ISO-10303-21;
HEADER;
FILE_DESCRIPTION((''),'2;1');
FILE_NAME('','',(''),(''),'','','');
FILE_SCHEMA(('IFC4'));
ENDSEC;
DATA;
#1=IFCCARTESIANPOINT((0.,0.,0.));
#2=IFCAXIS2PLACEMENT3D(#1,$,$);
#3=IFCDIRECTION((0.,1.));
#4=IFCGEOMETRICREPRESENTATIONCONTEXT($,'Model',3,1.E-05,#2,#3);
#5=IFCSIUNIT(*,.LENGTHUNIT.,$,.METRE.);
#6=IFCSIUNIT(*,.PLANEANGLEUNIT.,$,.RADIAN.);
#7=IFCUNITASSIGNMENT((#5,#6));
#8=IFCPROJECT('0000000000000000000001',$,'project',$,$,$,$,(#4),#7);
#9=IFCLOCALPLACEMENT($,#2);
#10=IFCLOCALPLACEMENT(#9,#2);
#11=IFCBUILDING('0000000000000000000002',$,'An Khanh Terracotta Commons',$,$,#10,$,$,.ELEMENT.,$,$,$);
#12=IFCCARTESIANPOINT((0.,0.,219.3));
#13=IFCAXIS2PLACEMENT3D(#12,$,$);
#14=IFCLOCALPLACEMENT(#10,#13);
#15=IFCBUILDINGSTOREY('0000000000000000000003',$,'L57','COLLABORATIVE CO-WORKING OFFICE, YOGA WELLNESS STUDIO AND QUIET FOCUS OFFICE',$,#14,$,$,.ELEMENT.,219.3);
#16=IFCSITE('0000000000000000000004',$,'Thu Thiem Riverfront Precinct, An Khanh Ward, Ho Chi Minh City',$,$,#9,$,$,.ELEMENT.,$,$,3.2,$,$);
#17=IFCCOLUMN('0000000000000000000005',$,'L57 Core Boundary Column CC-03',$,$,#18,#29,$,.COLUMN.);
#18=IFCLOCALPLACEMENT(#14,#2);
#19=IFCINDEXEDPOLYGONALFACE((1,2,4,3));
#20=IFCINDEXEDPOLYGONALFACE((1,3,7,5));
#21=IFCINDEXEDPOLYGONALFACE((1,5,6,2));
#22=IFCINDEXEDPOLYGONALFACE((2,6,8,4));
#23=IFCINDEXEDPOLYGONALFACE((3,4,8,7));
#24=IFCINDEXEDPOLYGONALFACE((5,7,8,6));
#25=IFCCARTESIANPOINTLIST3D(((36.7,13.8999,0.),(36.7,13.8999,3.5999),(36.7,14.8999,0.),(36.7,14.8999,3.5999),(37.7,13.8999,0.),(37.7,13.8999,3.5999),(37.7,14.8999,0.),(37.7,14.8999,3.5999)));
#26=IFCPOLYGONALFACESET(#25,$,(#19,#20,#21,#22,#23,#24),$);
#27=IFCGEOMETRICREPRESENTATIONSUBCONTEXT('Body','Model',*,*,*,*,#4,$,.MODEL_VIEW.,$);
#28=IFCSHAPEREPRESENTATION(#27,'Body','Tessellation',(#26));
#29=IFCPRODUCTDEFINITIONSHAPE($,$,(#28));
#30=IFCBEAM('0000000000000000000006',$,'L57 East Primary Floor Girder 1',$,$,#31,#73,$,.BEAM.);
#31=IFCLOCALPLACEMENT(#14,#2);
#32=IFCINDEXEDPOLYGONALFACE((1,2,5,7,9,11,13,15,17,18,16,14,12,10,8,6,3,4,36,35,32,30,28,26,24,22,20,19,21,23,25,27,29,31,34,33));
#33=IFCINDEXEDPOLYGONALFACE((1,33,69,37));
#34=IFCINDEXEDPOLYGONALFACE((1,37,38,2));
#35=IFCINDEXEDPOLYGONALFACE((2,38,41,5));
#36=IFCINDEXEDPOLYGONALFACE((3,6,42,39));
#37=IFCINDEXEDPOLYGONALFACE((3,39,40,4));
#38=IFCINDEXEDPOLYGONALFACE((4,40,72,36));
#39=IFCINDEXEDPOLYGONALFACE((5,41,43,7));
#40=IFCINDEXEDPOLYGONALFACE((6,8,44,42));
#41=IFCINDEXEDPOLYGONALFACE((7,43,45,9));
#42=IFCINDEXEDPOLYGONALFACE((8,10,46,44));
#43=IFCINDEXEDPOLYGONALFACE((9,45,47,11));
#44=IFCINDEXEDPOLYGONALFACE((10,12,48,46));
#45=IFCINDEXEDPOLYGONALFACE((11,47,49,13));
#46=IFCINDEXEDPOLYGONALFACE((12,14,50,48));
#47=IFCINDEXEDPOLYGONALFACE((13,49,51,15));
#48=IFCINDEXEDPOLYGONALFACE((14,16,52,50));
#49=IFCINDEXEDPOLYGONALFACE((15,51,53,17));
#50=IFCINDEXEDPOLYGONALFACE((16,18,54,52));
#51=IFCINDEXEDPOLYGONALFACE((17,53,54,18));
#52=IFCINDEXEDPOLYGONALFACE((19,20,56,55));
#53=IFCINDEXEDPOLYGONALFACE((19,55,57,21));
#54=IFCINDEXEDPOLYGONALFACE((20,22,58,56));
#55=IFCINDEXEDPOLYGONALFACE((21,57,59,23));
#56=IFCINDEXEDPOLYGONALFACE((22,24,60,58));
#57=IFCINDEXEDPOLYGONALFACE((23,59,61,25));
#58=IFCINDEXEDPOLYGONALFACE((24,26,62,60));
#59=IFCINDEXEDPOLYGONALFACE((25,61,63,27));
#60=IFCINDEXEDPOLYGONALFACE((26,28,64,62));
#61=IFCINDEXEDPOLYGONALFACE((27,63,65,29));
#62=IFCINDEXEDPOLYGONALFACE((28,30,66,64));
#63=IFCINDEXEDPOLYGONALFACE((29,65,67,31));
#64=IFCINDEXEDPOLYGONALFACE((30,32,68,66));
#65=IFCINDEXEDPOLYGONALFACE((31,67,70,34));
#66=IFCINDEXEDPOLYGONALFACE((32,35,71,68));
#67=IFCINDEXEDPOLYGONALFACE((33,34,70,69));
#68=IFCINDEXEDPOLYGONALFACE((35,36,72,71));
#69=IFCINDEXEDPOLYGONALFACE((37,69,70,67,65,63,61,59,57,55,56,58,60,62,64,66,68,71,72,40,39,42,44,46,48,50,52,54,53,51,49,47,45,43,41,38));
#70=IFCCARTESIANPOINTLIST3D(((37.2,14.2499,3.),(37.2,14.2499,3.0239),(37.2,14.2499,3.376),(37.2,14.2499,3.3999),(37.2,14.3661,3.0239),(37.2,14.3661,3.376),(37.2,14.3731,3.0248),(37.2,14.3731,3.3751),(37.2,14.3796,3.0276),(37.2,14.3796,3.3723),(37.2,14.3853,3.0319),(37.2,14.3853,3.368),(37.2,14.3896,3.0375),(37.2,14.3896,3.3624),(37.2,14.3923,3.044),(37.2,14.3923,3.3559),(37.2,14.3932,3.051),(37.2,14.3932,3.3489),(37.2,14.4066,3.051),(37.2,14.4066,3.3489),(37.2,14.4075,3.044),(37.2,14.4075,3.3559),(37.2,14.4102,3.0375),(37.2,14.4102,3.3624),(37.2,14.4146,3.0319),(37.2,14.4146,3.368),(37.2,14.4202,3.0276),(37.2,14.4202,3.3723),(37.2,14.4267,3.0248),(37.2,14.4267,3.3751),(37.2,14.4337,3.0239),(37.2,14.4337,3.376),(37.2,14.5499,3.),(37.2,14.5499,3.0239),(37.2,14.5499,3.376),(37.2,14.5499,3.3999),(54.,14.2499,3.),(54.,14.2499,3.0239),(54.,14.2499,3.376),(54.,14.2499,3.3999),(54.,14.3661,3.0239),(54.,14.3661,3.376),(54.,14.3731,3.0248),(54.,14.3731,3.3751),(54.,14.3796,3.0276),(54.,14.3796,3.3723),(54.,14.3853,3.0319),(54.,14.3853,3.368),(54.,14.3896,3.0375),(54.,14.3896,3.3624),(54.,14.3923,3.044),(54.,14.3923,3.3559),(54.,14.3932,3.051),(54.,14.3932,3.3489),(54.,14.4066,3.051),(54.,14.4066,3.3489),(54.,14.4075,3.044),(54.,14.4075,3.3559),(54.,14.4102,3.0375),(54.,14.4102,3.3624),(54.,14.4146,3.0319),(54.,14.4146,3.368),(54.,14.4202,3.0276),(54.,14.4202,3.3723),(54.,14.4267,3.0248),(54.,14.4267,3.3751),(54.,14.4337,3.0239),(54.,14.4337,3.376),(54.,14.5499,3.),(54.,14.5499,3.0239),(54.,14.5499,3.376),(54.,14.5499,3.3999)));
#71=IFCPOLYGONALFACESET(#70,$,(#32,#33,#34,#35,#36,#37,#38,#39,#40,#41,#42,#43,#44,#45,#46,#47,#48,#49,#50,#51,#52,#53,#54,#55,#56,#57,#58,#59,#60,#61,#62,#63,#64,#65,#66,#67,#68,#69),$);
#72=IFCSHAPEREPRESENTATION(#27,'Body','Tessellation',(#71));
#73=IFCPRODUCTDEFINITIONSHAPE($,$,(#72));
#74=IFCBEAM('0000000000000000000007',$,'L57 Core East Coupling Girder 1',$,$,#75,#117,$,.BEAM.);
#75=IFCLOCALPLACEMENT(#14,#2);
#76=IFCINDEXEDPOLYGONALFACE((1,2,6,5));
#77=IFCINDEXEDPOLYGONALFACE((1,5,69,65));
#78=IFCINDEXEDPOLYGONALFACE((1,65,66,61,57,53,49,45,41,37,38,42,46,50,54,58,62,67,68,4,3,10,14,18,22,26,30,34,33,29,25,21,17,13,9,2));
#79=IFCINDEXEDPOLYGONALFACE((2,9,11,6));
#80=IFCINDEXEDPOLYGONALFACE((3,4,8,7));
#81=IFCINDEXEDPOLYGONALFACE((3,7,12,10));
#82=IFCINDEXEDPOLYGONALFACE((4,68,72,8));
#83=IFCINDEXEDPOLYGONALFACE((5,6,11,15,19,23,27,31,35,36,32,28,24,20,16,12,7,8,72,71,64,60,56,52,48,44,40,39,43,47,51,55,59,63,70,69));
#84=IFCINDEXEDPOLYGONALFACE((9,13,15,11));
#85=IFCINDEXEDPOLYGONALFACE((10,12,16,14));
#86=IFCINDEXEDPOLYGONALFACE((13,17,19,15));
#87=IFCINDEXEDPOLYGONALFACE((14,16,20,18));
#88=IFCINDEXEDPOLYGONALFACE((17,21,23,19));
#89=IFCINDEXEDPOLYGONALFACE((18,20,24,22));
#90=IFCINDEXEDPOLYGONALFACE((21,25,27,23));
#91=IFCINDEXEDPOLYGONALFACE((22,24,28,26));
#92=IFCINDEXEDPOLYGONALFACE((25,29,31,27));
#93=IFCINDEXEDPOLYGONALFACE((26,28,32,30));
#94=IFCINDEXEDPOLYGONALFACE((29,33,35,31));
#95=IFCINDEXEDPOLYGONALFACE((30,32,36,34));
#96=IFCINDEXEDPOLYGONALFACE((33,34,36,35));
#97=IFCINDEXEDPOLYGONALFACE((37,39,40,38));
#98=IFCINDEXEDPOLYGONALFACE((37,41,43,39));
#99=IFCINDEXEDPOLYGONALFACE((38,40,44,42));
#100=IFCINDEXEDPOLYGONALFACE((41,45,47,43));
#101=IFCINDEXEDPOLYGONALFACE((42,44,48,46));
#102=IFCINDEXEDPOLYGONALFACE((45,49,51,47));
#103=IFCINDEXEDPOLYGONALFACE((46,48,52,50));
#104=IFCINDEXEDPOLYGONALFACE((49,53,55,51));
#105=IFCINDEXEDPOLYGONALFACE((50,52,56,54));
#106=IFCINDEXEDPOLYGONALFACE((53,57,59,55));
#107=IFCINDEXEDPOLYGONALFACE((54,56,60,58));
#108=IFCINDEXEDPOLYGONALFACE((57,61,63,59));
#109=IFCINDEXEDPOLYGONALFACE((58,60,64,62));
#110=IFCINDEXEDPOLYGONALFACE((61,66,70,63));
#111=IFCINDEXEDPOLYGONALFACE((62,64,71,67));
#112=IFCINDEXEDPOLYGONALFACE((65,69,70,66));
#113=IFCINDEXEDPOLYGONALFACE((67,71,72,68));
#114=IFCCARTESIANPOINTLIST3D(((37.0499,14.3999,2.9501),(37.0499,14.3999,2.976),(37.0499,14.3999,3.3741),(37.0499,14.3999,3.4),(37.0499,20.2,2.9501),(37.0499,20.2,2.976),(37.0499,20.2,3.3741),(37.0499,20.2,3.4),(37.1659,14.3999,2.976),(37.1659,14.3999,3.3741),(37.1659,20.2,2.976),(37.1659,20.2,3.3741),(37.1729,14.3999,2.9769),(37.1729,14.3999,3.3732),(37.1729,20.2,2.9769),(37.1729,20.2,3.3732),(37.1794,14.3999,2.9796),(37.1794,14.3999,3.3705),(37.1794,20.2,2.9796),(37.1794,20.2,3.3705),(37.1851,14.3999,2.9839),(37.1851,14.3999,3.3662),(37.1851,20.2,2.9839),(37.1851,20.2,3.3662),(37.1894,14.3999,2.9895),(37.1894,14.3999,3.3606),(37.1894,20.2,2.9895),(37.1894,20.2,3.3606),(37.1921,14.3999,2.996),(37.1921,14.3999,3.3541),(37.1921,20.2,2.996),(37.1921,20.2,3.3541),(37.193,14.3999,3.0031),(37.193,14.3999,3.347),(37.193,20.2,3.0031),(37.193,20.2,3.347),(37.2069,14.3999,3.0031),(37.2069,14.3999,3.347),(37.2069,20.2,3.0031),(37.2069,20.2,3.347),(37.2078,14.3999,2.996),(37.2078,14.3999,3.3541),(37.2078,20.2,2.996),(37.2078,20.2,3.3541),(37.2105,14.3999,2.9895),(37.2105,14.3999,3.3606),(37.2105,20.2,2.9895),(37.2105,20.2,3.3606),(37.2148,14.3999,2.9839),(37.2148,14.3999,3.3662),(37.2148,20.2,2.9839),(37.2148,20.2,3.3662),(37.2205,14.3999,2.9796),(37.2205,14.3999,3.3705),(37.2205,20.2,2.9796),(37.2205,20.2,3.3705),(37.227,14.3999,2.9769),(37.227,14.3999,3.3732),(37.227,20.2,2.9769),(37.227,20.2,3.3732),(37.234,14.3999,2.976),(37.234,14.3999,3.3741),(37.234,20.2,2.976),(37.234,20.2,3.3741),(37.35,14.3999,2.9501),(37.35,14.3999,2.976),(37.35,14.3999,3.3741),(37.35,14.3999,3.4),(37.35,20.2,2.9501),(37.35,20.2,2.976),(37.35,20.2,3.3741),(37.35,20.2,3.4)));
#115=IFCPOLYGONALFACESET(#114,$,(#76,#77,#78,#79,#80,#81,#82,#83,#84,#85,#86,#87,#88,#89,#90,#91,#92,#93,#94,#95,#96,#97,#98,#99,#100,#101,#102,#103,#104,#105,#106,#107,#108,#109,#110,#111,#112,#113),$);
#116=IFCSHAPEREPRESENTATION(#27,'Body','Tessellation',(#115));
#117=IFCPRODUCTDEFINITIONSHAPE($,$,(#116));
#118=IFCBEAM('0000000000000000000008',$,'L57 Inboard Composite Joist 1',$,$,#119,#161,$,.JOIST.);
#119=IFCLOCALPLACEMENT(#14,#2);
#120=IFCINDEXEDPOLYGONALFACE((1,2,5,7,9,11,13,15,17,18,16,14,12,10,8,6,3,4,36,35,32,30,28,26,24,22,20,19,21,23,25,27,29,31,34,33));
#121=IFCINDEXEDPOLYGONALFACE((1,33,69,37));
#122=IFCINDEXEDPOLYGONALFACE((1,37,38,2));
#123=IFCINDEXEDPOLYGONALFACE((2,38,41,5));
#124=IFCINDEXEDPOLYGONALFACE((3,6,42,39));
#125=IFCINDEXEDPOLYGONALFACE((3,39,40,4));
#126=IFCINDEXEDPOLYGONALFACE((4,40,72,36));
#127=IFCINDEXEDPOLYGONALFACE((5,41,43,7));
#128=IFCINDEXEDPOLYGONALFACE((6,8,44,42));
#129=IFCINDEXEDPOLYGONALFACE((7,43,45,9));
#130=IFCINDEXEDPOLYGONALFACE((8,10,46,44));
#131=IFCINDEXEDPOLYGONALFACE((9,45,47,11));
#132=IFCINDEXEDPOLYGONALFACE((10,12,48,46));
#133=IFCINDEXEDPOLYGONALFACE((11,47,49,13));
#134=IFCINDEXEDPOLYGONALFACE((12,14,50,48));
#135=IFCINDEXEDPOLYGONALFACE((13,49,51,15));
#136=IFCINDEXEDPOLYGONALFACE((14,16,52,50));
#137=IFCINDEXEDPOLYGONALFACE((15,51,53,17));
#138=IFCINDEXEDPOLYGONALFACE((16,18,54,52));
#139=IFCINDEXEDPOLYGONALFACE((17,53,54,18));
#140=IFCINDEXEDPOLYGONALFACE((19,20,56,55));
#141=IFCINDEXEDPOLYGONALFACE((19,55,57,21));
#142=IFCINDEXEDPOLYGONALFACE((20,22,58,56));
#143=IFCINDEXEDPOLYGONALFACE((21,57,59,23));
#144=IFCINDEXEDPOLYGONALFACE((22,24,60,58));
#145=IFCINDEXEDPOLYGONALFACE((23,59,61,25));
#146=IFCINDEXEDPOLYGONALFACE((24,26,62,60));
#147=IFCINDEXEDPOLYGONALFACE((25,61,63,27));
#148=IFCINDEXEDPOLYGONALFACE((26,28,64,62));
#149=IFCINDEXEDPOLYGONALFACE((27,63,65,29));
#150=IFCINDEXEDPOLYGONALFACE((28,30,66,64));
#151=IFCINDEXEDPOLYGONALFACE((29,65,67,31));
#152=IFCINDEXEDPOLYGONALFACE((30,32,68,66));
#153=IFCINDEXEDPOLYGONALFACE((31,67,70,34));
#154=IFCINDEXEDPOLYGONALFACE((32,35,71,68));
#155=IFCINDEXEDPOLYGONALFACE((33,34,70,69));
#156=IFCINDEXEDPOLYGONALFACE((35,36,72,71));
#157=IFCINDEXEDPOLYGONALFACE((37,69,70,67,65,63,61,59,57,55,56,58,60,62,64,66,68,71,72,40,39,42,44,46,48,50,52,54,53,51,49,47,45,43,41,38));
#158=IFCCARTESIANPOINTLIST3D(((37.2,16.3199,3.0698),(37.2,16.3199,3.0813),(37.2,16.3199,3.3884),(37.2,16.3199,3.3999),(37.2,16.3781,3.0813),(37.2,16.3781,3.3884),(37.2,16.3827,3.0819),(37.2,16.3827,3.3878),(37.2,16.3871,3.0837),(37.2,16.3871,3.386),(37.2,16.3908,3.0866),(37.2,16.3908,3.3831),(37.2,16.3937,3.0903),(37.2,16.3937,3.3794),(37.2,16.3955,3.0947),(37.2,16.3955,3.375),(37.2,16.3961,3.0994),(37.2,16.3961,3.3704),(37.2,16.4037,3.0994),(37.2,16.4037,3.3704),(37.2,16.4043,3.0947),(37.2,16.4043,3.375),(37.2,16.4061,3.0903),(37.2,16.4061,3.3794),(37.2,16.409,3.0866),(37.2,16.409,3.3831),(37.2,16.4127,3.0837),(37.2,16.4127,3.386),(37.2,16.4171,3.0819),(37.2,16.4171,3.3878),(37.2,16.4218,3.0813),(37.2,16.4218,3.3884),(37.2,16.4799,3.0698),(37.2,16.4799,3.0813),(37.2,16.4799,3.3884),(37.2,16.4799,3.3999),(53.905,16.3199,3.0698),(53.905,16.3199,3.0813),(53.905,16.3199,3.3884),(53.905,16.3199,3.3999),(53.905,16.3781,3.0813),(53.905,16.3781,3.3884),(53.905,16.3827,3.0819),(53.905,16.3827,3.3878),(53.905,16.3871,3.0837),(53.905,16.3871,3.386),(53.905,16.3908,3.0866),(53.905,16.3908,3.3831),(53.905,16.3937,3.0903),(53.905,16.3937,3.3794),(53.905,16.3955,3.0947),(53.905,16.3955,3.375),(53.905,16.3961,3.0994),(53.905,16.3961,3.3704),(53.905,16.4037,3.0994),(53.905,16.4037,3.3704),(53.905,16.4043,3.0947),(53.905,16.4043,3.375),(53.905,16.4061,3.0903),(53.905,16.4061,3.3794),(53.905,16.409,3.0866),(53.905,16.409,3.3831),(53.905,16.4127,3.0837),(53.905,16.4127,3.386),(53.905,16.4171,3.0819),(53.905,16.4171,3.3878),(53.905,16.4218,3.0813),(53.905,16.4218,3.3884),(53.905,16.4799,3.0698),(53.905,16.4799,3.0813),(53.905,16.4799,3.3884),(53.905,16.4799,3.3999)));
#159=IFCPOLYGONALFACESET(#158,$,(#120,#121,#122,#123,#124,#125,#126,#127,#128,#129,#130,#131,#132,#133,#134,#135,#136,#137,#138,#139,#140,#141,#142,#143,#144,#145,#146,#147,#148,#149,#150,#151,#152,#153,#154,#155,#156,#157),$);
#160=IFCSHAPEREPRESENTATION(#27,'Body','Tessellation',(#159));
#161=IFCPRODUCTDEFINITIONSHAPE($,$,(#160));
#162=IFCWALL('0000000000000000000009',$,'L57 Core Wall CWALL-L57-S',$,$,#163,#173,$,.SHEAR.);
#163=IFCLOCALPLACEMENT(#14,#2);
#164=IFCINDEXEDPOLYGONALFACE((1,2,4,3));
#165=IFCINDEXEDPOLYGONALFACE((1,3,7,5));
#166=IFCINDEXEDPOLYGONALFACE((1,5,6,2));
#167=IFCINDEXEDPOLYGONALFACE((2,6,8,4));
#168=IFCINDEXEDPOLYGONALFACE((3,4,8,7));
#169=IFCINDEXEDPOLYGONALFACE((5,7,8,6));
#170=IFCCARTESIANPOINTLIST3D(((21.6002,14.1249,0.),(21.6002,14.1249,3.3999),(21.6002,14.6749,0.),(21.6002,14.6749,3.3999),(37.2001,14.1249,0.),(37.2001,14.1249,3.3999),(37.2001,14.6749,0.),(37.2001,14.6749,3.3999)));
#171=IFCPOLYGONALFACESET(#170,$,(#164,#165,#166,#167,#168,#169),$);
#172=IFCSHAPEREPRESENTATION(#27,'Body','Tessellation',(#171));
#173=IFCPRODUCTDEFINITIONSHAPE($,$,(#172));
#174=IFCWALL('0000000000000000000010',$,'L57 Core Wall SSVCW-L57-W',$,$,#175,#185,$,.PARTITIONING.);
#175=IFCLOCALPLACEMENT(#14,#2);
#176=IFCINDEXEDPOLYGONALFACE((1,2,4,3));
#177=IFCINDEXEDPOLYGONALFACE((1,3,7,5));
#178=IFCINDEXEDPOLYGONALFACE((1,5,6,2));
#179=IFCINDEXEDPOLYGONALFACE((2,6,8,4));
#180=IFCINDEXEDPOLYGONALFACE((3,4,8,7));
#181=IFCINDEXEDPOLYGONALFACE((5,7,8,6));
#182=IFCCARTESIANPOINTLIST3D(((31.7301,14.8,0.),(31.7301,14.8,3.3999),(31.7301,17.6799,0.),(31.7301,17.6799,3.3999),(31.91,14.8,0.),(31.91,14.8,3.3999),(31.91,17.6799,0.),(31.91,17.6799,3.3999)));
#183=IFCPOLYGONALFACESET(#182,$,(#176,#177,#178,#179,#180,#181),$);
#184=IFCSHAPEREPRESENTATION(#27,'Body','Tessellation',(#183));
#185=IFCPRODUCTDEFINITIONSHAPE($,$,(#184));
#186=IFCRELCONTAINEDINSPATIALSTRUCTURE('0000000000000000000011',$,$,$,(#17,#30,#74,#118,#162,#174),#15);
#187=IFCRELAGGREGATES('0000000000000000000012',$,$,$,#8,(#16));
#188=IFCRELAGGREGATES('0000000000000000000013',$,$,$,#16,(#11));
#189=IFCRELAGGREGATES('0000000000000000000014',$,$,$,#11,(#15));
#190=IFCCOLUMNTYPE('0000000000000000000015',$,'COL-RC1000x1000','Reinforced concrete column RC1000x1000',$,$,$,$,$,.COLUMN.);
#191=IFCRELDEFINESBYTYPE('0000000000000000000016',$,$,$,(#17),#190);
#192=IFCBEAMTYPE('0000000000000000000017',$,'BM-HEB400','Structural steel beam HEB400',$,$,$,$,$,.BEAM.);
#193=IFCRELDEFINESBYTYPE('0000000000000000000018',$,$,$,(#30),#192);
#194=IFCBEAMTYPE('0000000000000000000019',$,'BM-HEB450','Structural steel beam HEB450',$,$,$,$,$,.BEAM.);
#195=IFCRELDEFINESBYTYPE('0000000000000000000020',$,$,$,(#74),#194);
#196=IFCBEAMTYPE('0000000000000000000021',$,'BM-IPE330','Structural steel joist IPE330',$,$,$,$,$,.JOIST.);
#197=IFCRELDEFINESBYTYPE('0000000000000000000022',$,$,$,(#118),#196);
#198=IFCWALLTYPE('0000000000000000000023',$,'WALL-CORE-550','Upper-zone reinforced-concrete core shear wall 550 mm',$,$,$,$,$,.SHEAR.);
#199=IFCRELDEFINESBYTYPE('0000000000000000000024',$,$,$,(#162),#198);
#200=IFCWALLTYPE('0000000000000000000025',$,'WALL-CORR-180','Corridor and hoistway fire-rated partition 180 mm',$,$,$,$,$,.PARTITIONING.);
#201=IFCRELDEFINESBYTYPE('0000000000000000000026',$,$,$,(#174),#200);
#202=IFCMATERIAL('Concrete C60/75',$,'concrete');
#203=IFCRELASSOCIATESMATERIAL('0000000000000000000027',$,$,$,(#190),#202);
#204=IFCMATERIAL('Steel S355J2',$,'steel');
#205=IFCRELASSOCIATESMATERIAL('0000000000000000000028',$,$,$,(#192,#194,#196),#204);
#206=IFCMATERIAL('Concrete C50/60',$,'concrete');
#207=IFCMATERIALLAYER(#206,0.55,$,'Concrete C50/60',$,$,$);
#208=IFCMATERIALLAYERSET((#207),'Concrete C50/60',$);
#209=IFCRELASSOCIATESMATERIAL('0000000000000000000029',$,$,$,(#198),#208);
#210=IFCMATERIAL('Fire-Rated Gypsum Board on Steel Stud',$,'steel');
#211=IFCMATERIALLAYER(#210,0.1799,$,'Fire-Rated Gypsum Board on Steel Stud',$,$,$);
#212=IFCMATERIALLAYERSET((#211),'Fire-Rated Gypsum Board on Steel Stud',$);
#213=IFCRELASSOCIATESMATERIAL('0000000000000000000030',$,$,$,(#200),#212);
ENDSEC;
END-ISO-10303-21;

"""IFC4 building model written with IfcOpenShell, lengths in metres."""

from ifc_helpers import new_model, si_unit, direction, frame, frame_2d, origin, origin_2d, place, context, subcontext, project, spatial, rectangle, i_section, extrude, material, layer, layer_set, material_profile, profile_set, type_object, element, save


model = new_model("IFC4")

# Units and contexts
model_context = context("Model", 3, precision=1e-05, world=origin(), true_north=direction((0.0, 1.0)))
body_context = subcontext(model_context, "Body", "Model", "MODEL_VIEW")
ifc_project = project(units=[si_unit("LENGTHUNIT", "METRE"), si_unit("PLANEANGLEUNIT", "RADIAN")], contexts=[model_context])

# Site, building, storey
site_placement = place(None, origin())
site = spatial("IfcSite", under=ifc_project, at=site_placement, Name="Thu Thiem Riverfront Precinct, An Khanh Ward, Ho Chi Minh City", CompositionType="ELEMENT", RefElevation=3.2)
building_placement = place(site_placement, origin())
building = spatial("IfcBuilding", under=site, at=building_placement, Name="An Khanh Terracotta Commons", CompositionType="ELEMENT")
storey_placement = place(building_placement, frame((0.0, 0.0, 219.3)))
storey = spatial("IfcBuildingStorey", under=building, at=storey_placement, Name="L57", Description="COLLABORATIVE CO-WORKING OFFICE, YOGA WELLNESS STUDIO AND QUIET FOCUS OFFICE", CompositionType="ELEMENT", Elevation=219.3)

# Column
ifc_material_1 = material(Name="Concrete C60/75", Category="concrete")
ifc_material_profile_1 = material_profile(ifc_material_1, rectangle(XDim=1.0, YDim=1.0, at=origin_2d()), Name="RC1000x1000")
ifc_profile_set_1 = profile_set([ifc_material_profile_1], Name="Concrete C60/75")
column_type = type_object("IfcColumnType", Name="COL-RC1000x1000", Description="Reinforced concrete column RC1000x1000", PredefinedType="COLUMN", material=ifc_profile_set_1)
column_placement = place(storey_placement, frame((37.2, 14.3999, 0.0), z_axis=(0.0, 0.0, 1.0), x_axis=(1.0, 0.0, 0.0)))
element("IfcColumn", 1, at=column_placement, inside=storey, type_object=column_type, Name="L57 Core Boundary Column CC-03", PredefinedType="COLUMN", context=body_context, shape_type="SweptSolid", body=[
    extrude(rectangle(XDim=1.0, YDim=1.0, at=origin_2d()), origin(), (0.0, 0.0, 1.0), 3.5999),
])

# Beams
ifc_material_2 = material(Name="Steel S355J2", Category="steel")
ifc_material_profile_2 = material_profile(ifc_material_2, i_section(OverallWidth=0.3, OverallDepth=0.3999, WebThickness=0.0134, FlangeThickness=0.0239, FilletRadius=0.0271, at=origin_2d()), Name="HEB400")
ifc_profile_set_2 = profile_set([ifc_material_profile_2], Name="Steel S355J2")
beam_type_1 = type_object("IfcBeamType", Name="BM-HEB400", Description="Structural steel beam HEB400", PredefinedType="BEAM", material=ifc_profile_set_2)
beam_1_placement = place(storey_placement, frame((37.2, 14.3999, 3.2), z_axis=(1.0, 0.0, 0.0), x_axis=(0.0, 1.0, 0.0)))
element("IfcBeam", 2, at=beam_1_placement, inside=storey, type_object=beam_type_1, Name="L57 East Primary Floor Girder 1", PredefinedType="BEAM", context=body_context, shape_type="SweptSolid", body=[
    extrude(i_section(OverallWidth=0.3, OverallDepth=0.3999, WebThickness=0.0134, FlangeThickness=0.0239, FilletRadius=0.0271, at=origin_2d()), origin(), (0.0, 0.0, 1.0), 16.8),
])
ifc_material_profile_3 = material_profile(ifc_material_2, i_section(OverallWidth=0.3, OverallDepth=0.45, WebThickness=0.0139, FlangeThickness=0.0259, FilletRadius=0.0271, at=origin_2d()), Name="HEB450")
ifc_profile_set_3 = profile_set([ifc_material_profile_3], Name="Steel S355J2")
beam_type_2 = type_object("IfcBeamType", Name="BM-HEB450", Description="Structural steel beam HEB450", PredefinedType="BEAM", material=ifc_profile_set_3)
beam_2_placement = place(storey_placement, frame((37.2, 14.3999, 3.175), z_axis=(0.0, 1.0, 0.0), x_axis=(-1.0, 0.0, 0.0)))
element("IfcBeam", 3, at=beam_2_placement, inside=storey, type_object=beam_type_2, Name="L57 Core East Coupling Girder 1", PredefinedType="BEAM", context=body_context, shape_type="SweptSolid", body=[
    extrude(i_section(OverallWidth=0.3, OverallDepth=0.45, WebThickness=0.0139, FlangeThickness=0.0259, FilletRadius=0.0271, at=origin_2d()), origin(), (0.0, 0.0, 1.0), 5.8),
])
ifc_material_profile_4 = material_profile(ifc_material_2, i_section(OverallWidth=0.1599, OverallDepth=0.3301, WebThickness=0.0076, FlangeThickness=0.0115, FilletRadius=0.0181, at=origin_2d()), Name="IPE330")
ifc_profile_set_4 = profile_set([ifc_material_profile_4], Name="Steel S355J2")
beam_type_3 = type_object("IfcBeamType", Name="BM-IPE330", Description="Structural steel joist IPE330", PredefinedType="JOIST", material=ifc_profile_set_4)
beam_3_placement = place(storey_placement, frame((37.2, 16.3999, 3.2349), z_axis=(1.0, 0.0, 0.0), x_axis=(0.0, 1.0, 0.0)))
element("IfcBeam", 4, at=beam_3_placement, inside=storey, type_object=beam_type_3, Name="L57 Inboard Composite Joist 1", PredefinedType="JOIST", context=body_context, shape_type="SweptSolid", body=[
    extrude(i_section(OverallWidth=0.1599, OverallDepth=0.3301, WebThickness=0.0076, FlangeThickness=0.0115, FilletRadius=0.0181, at=origin_2d()), origin(), (0.0, 0.0, 1.0), 16.7051),
])

# Wall
ifc_material_3 = material(Name="Concrete C50/60", Category="concrete")
ifc_layer_1 = layer(ifc_material_3, 0.55, Name="Concrete C50/60")
ifc_layer_set_1 = layer_set([ifc_layer_1], Name="Concrete C50/60")
wall_type_1 = type_object("IfcWallType", Name="WALL-CORE-550", Description="Upper-zone reinforced-concrete core shear wall 550 mm", PredefinedType="SHEAR", material=ifc_layer_set_1)
wall_1_placement = place(storey_placement, frame((37.2, 14.3999, 0.0), z_axis=(0.0, 0.0, 1.0), x_axis=(-1.0, 0.0, 0.0)))
element("IfcWall", 5, at=wall_1_placement, inside=storey, type_object=wall_type_1, Name="L57 Core Wall CWALL-L57-S", PredefinedType="SHEAR", context=body_context, shape_type="SweptSolid", body=[
    extrude(rectangle(XDim=15.5999, YDim=0.55, at=frame_2d((7.7998, 0.0))), origin(), (0.0, 0.0, 1.0), 3.3999),
])

# Wall
ifc_material_4 = material(Name="Fire-Rated Gypsum Board on Steel Stud", Category="steel")
ifc_layer_2 = layer(ifc_material_4, 0.1799, Name="Fire-Rated Gypsum Board on Steel Stud")
ifc_layer_set_2 = layer_set([ifc_layer_2], Name="Fire-Rated Gypsum Board on Steel Stud")
wall_type_2 = type_object("IfcWallType", Name="WALL-CORR-180", Description="Corridor and hoistway fire-rated partition 180 mm", PredefinedType="PARTITIONING", material=ifc_layer_set_2)
wall_2_placement = place(storey_placement, frame((31.8201, 14.8, 0.0), z_axis=(0.0, 0.0, 1.0), x_axis=(0.0, 1.0, 0.0)))
element("IfcWall", 6, at=wall_2_placement, inside=storey, type_object=wall_type_2, Name="L57 Core Wall SSVCW-L57-W", PredefinedType="PARTITIONING", context=body_context, shape_type="SweptSolid", body=[
    extrude(rectangle(XDim=2.8799, YDim=0.1799, at=frame_2d((1.4399, 0.0))), origin(), (0.0, 0.0, 1.0), 3.3999),
])

save(model, "model.ifc")
